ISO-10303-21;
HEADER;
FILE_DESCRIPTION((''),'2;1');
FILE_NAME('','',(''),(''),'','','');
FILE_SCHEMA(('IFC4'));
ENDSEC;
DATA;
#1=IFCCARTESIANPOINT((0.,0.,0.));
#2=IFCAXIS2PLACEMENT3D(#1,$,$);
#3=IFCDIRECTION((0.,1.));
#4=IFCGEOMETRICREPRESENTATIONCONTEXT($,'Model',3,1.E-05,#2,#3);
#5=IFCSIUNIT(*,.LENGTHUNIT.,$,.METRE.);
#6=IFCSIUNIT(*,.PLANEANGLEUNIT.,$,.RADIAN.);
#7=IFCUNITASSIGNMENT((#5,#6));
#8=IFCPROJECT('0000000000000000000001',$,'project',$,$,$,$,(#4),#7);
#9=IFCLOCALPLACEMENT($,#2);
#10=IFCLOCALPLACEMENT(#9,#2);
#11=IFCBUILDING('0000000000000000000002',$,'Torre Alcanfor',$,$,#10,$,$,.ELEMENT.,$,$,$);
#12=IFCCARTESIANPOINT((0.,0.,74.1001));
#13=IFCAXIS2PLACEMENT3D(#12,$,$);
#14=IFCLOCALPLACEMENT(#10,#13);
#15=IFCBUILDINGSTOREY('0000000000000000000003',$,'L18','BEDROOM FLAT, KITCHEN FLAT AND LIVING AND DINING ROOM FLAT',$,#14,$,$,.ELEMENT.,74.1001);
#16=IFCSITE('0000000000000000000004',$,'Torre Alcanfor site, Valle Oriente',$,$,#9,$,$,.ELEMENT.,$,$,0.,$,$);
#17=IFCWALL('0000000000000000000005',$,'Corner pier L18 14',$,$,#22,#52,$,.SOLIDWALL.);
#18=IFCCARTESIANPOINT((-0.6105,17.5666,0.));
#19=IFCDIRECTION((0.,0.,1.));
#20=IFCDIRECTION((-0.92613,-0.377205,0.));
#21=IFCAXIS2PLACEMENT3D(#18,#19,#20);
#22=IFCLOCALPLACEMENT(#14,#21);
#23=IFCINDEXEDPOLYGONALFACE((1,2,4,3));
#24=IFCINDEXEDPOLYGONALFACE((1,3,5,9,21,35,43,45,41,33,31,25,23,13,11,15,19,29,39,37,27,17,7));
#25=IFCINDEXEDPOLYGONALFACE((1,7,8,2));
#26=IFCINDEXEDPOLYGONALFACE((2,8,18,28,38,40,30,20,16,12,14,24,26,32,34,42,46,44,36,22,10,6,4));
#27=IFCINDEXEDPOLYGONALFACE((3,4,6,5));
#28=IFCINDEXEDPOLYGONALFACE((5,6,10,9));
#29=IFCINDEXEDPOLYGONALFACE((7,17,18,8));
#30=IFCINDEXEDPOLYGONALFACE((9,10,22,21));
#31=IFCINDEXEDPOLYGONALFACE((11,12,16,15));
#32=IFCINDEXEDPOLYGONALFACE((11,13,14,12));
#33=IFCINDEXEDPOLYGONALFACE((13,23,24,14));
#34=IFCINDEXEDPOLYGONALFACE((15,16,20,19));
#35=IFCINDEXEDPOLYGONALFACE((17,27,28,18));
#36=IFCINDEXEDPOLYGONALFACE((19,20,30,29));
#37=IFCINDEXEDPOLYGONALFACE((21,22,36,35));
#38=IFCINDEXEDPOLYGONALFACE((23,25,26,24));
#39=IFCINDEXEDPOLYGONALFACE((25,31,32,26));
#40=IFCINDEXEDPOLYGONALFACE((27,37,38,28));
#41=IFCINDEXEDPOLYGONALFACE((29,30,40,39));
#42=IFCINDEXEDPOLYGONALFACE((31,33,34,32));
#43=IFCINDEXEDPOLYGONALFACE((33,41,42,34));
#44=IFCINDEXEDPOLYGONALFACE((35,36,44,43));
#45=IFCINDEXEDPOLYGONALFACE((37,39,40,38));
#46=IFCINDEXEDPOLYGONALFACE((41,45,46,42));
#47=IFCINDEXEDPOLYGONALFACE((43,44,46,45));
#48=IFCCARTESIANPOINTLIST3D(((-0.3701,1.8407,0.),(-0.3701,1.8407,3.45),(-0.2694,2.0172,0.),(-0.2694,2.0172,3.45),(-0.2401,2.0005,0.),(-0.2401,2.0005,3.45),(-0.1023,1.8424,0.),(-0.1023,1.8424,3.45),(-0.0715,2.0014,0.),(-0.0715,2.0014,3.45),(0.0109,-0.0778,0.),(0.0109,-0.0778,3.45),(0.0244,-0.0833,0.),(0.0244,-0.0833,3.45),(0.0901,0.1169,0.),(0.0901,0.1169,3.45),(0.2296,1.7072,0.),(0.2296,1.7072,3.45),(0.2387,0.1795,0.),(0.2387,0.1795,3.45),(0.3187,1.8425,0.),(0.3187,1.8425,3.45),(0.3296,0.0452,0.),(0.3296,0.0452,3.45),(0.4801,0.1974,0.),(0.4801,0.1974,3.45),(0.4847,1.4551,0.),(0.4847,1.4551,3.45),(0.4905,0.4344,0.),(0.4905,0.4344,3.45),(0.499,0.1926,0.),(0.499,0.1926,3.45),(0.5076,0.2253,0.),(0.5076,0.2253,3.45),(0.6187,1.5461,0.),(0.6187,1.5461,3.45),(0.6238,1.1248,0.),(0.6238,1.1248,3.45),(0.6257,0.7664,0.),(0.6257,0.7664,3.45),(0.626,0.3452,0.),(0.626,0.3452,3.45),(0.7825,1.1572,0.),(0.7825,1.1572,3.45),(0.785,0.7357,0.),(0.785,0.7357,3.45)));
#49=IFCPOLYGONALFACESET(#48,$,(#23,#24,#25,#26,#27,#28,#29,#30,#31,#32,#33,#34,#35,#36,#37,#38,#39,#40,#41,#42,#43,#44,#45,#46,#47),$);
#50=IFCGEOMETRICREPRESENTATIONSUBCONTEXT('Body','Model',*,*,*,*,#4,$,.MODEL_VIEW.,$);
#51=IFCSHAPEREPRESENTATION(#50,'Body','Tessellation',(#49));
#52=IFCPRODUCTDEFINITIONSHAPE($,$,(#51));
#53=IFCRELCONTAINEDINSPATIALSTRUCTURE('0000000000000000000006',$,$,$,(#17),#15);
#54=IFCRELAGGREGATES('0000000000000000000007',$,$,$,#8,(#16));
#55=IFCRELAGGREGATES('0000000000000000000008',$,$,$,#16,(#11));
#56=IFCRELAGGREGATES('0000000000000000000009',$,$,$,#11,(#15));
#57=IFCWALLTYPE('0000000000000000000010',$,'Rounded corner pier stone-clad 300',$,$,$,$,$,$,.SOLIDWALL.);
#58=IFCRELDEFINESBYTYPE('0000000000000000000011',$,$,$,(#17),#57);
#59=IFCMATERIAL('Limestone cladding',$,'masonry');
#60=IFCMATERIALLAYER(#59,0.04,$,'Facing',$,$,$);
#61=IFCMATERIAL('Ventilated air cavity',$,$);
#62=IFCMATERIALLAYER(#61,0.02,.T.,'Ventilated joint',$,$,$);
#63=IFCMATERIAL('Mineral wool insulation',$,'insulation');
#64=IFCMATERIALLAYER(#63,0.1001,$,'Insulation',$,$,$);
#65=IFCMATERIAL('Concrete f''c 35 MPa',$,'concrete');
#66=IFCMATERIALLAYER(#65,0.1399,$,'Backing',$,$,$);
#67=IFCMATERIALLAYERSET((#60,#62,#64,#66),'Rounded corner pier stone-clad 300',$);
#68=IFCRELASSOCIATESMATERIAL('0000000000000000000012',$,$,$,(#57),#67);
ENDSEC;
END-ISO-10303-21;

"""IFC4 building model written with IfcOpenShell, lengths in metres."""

from ifc_helpers import new_model, si_unit, direction, frame, origin, place, context, subcontext, project, spatial, polyline, outline, extrude, material, layer, layer_set, type_object, element, save


model = new_model("IFC4")

# Units and contexts
model_context = context("Model", 3, precision=1e-05, world=origin(), true_north=direction((0.0, 1.0)))
body_context = subcontext(model_context, "Body", "Model", "MODEL_VIEW")
ifc_project = project(units=[si_unit("LENGTHUNIT", "METRE"), si_unit("PLANEANGLEUNIT", "RADIAN")], contexts=[model_context])

# Site, building, storey
site_placement = place(None, origin())
site = spatial("IfcSite", under=ifc_project, at=site_placement, Name="Torre Alcanfor site, Valle Oriente", CompositionType="ELEMENT", RefElevation=0.0)
building_placement = place(site_placement, origin())
building = spatial("IfcBuilding", under=site, at=building_placement, Name="Torre Alcanfor", CompositionType="ELEMENT")
storey_placement = place(building_placement, frame((0.0, 0.0, 74.1001)))
storey = spatial("IfcBuildingStorey", under=building, at=storey_placement, Name="L18", Description="BEDROOM FLAT, KITCHEN FLAT AND LIVING AND DINING ROOM FLAT", CompositionType="ELEMENT", Elevation=74.1001)

# Shared definitions
ifc_material_1 = material(Name="Limestone cladding", Category="masonry")
ifc_material_2 = material(Name="Ventilated air cavity")
ifc_material_3 = material(Name="Mineral wool insulation", Category="insulation")
ifc_material_4 = material(Name="Concrete f'c 35 MPa", Category="concrete")

# Wall
ifc_layer_1 = layer(ifc_material_1, 0.04, Name="Facing")
ifc_layer_2 = layer(ifc_material_2, 0.02, ventilated=True, Name="Ventilated joint")
ifc_layer_3 = layer(ifc_material_3, 0.1001, Name="Insulation")
ifc_layer_4 = layer(ifc_material_4, 0.1399, Name="Backing")
ifc_layer_set_1 = layer_set([ifc_layer_1, ifc_layer_2, ifc_layer_3, ifc_layer_4], Name="Rounded corner pier stone-clad 300")
wall_type_1 = type_object("IfcWallType", Name="Rounded corner pier stone-clad 300", PredefinedType="SOLIDWALL", material=ifc_layer_set_1)
wall_1_placement = place(storey_placement, frame((-0.6105, 17.5666, 0.0), z_axis=(0.0, 0.0, 1.0), x_axis=(-0.92613, -0.377205, 0.0)))
element("IfcWall", 1, at=wall_1_placement, inside=storey, type_object=wall_type_1, Name="Corner pier L18 14", PredefinedType="SOLIDWALL", context=body_context, shape_type="SweptSolid", body=[
    extrude(outline(polyline([(-0.2694, 2.0172), (-0.3701, 1.8407), (-0.1023, 1.8424), (0.2296, 1.7072), (0.4847, 1.4551), (0.6238, 1.1248), (0.6257, 0.7664), (0.4905, 0.4344), (0.2387, 0.1795), (0.0901, 0.1169), (0.0109, -0.0778), (0.0244, -0.0833), (0.3296, 0.0452), (0.4801, 0.1974), (0.499, 0.1926), (0.5076, 0.2253), (0.626, 0.3452), (0.785, 0.7357), (0.7825, 1.1572), (0.6187, 1.5461), (0.3187, 1.8425), (-0.0715, 2.0014), (-0.2401, 2.0005), (-0.2694, 2.0172)])), origin(), (0.0, 0.0, 1.0), 3.45),
])

save(model, "model.ifc")
